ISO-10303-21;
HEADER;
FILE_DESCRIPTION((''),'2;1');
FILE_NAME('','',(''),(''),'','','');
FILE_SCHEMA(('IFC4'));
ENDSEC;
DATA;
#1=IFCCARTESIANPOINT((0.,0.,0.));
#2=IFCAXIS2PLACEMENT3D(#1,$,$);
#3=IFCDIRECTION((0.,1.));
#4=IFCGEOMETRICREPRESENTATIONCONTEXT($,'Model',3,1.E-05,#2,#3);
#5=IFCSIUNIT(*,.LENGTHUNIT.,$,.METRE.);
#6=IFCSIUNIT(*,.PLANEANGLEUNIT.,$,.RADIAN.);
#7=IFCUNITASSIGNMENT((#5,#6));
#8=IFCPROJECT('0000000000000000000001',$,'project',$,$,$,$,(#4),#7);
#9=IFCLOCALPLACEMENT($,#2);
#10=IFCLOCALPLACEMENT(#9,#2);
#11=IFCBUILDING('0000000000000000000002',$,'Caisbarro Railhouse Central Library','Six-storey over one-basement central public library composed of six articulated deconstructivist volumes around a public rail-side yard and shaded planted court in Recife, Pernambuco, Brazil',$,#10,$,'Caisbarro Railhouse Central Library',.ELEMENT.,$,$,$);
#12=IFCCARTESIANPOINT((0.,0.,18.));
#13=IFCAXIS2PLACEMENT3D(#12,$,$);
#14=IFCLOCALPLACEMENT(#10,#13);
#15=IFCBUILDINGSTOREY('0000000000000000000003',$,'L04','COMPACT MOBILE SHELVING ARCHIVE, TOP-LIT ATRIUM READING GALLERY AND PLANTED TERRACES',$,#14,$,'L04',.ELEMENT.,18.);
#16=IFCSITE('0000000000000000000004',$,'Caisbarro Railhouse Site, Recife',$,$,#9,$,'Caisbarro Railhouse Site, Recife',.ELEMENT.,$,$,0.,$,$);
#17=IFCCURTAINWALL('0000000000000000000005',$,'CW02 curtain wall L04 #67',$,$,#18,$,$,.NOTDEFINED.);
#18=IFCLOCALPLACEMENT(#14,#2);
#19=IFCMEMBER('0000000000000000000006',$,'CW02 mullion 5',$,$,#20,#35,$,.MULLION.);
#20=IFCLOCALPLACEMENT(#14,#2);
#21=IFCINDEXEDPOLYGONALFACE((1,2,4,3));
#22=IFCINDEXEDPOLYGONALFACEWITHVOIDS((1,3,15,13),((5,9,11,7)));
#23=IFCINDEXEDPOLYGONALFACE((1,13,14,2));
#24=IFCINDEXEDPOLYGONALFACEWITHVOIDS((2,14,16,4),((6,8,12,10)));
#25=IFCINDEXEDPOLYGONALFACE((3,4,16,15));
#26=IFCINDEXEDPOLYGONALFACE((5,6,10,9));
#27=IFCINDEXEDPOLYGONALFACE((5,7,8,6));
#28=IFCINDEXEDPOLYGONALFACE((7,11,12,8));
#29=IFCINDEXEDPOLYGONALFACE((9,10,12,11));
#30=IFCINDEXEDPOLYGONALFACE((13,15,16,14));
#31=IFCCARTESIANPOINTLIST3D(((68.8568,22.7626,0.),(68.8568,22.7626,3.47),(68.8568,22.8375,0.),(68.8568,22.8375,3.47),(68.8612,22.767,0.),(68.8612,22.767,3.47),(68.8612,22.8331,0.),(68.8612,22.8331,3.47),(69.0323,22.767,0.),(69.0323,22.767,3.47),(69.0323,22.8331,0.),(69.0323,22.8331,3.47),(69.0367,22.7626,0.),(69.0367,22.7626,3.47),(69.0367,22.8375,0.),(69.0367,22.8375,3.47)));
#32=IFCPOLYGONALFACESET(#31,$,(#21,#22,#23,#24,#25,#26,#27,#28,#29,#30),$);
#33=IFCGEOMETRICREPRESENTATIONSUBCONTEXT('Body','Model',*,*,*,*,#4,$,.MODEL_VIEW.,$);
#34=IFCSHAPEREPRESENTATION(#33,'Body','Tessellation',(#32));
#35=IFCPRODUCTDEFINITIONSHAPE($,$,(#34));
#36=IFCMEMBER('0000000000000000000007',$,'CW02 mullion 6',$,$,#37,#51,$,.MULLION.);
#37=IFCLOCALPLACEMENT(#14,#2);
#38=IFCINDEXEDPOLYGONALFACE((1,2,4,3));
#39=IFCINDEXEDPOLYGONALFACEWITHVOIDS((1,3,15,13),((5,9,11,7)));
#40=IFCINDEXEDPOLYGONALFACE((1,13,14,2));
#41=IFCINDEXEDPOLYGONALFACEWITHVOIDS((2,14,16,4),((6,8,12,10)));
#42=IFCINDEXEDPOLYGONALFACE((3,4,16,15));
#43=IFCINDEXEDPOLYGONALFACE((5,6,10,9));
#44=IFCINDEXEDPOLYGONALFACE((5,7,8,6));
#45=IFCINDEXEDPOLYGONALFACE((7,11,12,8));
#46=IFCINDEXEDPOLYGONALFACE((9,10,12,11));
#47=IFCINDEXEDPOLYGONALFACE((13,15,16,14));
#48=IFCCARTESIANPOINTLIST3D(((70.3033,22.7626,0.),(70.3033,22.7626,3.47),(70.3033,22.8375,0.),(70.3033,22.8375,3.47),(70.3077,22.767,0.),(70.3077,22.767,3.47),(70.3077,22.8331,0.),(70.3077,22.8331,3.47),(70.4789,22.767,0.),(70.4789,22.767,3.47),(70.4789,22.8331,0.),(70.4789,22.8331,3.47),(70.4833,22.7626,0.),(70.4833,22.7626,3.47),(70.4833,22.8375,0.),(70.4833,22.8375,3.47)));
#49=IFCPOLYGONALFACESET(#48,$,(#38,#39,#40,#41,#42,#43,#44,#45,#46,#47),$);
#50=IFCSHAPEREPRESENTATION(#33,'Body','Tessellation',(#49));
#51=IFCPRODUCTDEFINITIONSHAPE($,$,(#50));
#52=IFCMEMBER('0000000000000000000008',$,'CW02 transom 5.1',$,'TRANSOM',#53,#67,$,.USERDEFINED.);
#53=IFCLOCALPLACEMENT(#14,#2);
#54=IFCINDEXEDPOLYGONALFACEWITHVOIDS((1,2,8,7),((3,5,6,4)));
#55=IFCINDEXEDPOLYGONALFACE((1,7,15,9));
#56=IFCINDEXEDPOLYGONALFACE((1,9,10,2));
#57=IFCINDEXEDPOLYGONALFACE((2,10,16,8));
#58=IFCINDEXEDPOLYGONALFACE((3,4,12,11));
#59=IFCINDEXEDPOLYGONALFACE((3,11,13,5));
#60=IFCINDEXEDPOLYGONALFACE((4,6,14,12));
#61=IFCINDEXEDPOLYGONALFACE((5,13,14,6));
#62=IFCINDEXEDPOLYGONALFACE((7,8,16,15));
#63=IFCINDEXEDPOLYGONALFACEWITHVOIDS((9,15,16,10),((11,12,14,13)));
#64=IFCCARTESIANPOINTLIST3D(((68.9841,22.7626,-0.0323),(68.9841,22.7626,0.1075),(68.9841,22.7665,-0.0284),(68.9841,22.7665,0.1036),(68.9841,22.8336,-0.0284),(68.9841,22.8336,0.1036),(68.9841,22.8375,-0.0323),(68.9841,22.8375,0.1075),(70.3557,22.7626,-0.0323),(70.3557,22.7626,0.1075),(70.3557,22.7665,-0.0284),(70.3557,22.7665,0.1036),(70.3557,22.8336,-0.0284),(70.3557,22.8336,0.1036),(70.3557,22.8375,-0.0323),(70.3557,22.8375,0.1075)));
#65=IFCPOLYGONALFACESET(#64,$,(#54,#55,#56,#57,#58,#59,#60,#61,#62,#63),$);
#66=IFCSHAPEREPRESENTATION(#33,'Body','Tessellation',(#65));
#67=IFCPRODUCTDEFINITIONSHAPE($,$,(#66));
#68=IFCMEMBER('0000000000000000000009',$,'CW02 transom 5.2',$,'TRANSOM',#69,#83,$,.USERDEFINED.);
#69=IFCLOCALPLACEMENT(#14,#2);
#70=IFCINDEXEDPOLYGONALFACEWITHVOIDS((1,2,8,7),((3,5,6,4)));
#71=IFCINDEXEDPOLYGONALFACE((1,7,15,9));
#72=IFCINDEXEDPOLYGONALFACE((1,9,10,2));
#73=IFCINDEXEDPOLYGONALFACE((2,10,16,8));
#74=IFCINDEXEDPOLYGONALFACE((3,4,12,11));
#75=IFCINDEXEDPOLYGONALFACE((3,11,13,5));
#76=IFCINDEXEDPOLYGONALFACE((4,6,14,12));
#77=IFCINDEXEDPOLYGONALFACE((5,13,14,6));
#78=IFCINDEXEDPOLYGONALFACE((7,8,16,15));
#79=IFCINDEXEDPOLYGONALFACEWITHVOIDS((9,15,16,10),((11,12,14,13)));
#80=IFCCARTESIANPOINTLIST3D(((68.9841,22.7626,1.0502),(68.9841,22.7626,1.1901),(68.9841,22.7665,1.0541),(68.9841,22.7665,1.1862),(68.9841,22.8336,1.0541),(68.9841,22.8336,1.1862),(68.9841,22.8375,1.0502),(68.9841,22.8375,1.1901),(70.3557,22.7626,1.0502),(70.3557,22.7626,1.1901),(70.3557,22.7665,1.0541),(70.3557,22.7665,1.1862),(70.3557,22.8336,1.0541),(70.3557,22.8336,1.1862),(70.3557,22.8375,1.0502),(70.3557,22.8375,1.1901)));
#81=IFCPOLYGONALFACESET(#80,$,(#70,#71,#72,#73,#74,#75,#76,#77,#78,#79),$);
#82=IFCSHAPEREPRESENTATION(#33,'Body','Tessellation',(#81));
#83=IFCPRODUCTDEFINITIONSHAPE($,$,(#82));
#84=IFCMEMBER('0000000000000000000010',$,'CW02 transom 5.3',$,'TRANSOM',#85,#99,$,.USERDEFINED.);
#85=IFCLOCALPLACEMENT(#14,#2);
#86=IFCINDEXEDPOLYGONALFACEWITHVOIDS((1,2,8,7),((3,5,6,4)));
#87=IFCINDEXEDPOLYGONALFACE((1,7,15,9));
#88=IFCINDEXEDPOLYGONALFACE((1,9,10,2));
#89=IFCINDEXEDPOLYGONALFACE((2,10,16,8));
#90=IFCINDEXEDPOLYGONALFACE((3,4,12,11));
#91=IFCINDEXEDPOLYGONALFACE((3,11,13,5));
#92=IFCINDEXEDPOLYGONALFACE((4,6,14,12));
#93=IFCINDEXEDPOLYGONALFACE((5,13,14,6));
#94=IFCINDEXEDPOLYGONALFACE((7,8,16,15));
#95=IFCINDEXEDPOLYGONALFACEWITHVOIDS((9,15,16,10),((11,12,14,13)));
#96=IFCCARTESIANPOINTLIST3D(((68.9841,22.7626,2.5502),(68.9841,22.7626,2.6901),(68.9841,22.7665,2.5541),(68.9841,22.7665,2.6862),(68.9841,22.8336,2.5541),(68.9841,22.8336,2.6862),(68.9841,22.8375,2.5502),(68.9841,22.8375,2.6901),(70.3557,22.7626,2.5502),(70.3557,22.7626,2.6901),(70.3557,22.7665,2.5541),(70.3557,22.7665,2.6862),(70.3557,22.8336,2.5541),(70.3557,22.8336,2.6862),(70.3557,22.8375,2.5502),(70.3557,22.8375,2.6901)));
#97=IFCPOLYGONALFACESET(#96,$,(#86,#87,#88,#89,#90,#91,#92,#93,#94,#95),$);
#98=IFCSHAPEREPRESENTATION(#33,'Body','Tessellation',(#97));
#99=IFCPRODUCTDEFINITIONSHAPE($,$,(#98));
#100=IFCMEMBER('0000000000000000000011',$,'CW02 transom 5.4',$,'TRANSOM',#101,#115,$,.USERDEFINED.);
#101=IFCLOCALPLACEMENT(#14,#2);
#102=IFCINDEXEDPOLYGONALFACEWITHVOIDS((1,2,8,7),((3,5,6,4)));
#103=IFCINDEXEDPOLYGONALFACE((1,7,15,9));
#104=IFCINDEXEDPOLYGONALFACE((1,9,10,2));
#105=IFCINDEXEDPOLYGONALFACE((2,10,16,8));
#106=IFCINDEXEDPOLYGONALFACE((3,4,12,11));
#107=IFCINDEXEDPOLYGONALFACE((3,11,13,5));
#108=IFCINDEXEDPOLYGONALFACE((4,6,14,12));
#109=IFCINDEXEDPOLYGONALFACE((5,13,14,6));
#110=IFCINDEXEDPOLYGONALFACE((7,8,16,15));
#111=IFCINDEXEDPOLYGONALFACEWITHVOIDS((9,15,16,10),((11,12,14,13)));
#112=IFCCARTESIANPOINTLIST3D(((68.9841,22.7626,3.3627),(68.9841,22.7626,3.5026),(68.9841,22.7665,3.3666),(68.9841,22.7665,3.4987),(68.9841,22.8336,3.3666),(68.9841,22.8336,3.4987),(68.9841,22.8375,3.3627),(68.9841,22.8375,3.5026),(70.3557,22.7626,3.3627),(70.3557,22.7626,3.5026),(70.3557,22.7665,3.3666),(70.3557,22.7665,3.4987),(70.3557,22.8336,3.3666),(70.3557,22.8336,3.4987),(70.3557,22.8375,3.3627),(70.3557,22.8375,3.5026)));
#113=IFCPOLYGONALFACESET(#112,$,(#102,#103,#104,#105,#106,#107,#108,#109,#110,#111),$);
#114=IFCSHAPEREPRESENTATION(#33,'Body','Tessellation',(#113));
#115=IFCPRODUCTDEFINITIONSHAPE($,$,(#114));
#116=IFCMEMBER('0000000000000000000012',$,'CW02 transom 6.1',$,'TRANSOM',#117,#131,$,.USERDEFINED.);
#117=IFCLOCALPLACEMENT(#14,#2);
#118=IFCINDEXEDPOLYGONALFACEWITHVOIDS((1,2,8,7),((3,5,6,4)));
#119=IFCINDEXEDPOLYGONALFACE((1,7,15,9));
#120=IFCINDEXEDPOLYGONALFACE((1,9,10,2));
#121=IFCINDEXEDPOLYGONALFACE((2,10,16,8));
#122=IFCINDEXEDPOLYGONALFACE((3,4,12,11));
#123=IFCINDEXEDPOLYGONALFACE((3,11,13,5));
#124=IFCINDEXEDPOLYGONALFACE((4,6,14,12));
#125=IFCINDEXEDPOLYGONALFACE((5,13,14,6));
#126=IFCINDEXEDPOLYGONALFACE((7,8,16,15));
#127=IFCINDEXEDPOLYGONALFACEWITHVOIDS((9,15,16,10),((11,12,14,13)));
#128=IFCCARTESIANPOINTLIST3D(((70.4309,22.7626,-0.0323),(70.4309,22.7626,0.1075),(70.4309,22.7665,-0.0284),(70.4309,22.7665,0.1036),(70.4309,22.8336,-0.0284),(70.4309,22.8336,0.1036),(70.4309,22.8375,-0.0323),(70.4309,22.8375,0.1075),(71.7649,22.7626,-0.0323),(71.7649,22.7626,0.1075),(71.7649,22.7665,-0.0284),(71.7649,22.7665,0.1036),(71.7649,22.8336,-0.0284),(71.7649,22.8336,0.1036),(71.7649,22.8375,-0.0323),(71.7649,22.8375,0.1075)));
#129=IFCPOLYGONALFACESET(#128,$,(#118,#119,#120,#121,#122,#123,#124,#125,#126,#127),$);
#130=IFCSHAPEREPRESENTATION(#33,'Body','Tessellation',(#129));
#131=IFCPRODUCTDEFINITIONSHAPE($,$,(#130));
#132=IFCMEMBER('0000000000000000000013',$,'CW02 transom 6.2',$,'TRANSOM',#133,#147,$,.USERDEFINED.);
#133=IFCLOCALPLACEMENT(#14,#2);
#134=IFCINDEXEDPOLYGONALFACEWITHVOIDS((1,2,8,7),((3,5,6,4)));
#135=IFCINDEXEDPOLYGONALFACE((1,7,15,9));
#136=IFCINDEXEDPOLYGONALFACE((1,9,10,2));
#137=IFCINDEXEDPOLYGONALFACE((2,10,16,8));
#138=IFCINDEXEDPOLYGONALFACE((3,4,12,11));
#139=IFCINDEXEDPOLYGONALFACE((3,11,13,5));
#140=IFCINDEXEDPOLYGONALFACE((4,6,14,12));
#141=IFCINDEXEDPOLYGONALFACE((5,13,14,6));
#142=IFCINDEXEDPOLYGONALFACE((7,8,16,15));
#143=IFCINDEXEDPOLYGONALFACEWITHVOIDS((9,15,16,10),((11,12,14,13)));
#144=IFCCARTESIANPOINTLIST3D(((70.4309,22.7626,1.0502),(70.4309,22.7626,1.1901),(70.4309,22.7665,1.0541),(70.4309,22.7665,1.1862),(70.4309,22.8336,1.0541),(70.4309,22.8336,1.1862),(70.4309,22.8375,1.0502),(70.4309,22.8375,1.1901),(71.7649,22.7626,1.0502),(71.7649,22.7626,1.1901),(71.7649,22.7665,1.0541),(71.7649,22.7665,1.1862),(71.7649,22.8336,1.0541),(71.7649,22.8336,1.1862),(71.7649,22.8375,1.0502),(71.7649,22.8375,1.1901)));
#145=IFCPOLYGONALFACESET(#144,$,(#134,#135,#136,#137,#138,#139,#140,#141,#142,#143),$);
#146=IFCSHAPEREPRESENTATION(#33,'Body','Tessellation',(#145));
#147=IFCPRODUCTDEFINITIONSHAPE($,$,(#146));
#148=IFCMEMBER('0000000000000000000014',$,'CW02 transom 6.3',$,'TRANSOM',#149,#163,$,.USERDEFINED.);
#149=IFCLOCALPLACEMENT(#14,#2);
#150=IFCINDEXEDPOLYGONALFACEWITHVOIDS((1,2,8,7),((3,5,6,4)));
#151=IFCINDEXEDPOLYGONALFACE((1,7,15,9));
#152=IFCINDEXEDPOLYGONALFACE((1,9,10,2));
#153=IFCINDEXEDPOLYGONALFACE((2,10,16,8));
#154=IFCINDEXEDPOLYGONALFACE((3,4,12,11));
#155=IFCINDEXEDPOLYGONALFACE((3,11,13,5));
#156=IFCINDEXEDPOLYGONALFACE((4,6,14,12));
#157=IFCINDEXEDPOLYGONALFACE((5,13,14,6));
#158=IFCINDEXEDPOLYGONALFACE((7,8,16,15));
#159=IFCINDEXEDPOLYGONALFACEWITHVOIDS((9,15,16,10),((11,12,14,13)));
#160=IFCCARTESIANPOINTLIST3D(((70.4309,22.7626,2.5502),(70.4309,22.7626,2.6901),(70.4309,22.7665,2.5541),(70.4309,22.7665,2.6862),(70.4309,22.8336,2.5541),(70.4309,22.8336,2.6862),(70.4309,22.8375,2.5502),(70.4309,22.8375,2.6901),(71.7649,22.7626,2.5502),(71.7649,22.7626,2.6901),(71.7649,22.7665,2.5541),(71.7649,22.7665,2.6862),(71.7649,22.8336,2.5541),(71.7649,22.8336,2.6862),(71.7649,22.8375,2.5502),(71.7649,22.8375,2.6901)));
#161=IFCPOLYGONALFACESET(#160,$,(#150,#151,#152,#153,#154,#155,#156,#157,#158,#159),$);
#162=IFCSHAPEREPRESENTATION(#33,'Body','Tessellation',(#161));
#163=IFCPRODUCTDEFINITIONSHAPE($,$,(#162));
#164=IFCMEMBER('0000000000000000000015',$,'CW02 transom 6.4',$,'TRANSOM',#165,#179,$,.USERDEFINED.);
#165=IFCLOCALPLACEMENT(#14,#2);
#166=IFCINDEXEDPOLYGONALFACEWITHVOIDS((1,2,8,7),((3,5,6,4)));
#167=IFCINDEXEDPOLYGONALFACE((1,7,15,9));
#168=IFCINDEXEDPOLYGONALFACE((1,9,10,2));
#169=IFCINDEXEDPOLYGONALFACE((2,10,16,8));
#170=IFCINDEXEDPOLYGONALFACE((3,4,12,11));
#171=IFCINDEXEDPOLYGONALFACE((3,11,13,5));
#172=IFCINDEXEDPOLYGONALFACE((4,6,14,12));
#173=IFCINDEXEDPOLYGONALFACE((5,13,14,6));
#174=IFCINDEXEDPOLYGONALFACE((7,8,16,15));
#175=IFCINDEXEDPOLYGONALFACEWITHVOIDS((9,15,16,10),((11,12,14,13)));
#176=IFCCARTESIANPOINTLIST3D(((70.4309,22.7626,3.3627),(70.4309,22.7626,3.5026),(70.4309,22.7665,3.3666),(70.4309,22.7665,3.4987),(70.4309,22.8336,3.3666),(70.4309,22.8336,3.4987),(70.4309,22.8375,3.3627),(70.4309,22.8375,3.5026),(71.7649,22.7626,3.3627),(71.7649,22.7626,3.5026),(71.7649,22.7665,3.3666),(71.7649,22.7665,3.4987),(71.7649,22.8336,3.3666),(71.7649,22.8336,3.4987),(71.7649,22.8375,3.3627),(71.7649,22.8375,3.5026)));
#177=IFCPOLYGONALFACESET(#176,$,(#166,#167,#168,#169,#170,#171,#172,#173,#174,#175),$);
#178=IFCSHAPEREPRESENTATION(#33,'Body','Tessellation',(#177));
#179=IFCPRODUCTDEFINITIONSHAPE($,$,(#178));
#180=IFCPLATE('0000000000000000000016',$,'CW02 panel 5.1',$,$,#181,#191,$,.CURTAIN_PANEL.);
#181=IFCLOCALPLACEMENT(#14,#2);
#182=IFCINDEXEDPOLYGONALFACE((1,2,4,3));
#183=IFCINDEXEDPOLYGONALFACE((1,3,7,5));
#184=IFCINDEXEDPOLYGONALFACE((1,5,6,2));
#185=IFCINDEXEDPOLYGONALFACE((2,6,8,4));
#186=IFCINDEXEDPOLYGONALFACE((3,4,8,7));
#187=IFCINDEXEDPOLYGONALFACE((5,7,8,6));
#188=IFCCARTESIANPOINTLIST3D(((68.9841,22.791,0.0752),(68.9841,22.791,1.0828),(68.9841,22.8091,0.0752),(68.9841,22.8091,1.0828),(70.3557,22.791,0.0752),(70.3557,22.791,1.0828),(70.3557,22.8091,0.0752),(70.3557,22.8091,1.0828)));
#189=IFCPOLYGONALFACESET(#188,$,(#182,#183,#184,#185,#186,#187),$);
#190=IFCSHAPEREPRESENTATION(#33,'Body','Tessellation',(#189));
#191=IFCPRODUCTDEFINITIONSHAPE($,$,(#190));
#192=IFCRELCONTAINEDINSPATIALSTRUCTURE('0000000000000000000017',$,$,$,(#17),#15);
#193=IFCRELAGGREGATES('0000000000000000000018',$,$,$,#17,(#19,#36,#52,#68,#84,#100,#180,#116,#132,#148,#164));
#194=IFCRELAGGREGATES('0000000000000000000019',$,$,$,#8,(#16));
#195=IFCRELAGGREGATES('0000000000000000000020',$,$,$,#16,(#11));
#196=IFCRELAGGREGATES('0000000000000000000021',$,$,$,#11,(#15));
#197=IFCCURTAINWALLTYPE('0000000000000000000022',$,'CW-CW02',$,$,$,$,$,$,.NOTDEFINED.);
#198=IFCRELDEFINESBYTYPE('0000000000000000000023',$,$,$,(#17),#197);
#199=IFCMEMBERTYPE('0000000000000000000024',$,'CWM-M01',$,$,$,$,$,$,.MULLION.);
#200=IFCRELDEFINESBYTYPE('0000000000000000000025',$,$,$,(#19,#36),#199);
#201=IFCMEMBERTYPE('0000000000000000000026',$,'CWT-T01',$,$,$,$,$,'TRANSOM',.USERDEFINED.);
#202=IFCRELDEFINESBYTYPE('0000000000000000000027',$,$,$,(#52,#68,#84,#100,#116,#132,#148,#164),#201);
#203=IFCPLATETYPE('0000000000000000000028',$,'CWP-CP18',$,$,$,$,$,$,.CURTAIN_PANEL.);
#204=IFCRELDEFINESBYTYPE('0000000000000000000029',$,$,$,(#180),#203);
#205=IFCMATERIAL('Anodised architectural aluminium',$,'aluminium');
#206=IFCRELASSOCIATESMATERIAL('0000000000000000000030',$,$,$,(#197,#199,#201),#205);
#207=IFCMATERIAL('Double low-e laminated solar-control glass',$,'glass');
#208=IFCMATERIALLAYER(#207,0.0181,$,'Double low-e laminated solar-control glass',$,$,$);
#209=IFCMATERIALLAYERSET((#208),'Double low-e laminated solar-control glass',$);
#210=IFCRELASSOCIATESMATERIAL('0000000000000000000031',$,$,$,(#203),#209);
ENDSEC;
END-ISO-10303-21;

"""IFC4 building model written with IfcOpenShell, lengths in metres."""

from ifc_helpers import new_model, si_unit, direction, frame, origin, origin_2d, place, context, subcontext, project, spatial, rectangle, hollow_rectangle, extrude, material, layer, layer_set, material_profile, profile_set, type_object, element, aggregate, save


model = new_model("IFC4")

# Units and contexts
model_context = context("Model", 3, precision=1e-05, world=origin(), true_north=direction((0.0, 1.0)))
body_context = subcontext(model_context, "Body", "Model", "MODEL_VIEW")
ifc_project = project(units=[si_unit("LENGTHUNIT", "METRE"), si_unit("PLANEANGLEUNIT", "RADIAN")], contexts=[model_context])

# Site, building, storey
site_placement = place(None, origin())
site = spatial("IfcSite", under=ifc_project, at=site_placement, Name="Caisbarro Railhouse Site, Recife", LongName="Caisbarro Railhouse Site, Recife", CompositionType="ELEMENT", RefElevation=0.0)
building_placement = place(site_placement, origin())
building = spatial("IfcBuilding", under=site, at=building_placement, Name="Caisbarro Railhouse Central Library", Description="Six-storey over one-basement central public library composed of six articulated deconstructivist volumes around a public rail-side yard and shaded planted court in Recife, Pernambuco, Brazil", LongName="Caisbarro Railhouse Central Library", CompositionType="ELEMENT")
storey_placement = place(building_placement, frame((0.0, 0.0, 18.0)))
storey = spatial("IfcBuildingStorey", under=building, at=storey_placement, Name="L04", Description="COMPACT MOBILE SHELVING ARCHIVE, TOP-LIT ATRIUM READING GALLERY AND PLANTED TERRACES", LongName="L04", CompositionType="ELEMENT", Elevation=18.0)

# Curtain wall, members, plate
ifc_material_1 = material(Name="Anodised architectural aluminium", Category="aluminium")
curtain_wall_type = type_object("IfcCurtainWallType", Name="CW-CW02", PredefinedType="NOTDEFINED", material=ifc_material_1)
curtain_wall_placement = place(storey_placement, origin())
curtain_wall = element("IfcCurtainWall", 1, at=curtain_wall_placement, inside=storey, type_object=curtain_wall_type, Name="CW02 curtain wall L04 #67", PredefinedType="NOTDEFINED")
ifc_material_profile_1 = material_profile(ifc_material_1, hollow_rectangle(XDim=0.075, YDim=0.1799, WallThickness=0.0044, at=origin_2d()), Name="ALU-MUL-75X180")
ifc_profile_set_1 = profile_set([ifc_material_profile_1], Name="Anodised architectural aluminium")
member_type_1 = type_object("IfcMemberType", Name="CWM-M01", PredefinedType="MULLION", material=ifc_profile_set_1)
member_1_placement = place(storey_placement, frame((68.9468, 22.8, 0.0), z_axis=(0.0, 0.0, 1.0), x_axis=(0.0, 1.0, 0.0)))
member_1 = element("IfcMember", 2, at=member_1_placement, type_object=member_type_1, Name="CW02 mullion 5", PredefinedType="MULLION", context=body_context, shape_type="SweptSolid", body=[
    extrude(hollow_rectangle(XDim=0.075, YDim=0.1799, WallThickness=0.0044, at=origin_2d()), origin(), (0.0, 0.0, 1.0), 3.47),
])
member_2_placement = place(storey_placement, frame((70.3933, 22.8, 0.0), z_axis=(0.0, 0.0, 1.0), x_axis=(0.0, 1.0, 0.0)))
member_2 = element("IfcMember", 3, at=member_2_placement, type_object=member_type_1, Name="CW02 mullion 6", PredefinedType="MULLION", context=body_context, shape_type="SweptSolid", body=[
    extrude(hollow_rectangle(XDim=0.075, YDim=0.1799, WallThickness=0.0044, at=origin_2d()), origin(), (0.0, 0.0, 1.0), 3.47),
])
ifc_material_profile_2 = material_profile(ifc_material_1, hollow_rectangle(XDim=0.075, YDim=0.1399, WallThickness=0.0039, at=origin_2d()), Name="ALU-TRN-75X140")
ifc_profile_set_2 = profile_set([ifc_material_profile_2], Name="Anodised architectural aluminium")
member_type_2 = type_object("IfcMemberType", Name="CWT-T01", ElementType="TRANSOM", PredefinedType="USERDEFINED", material=ifc_profile_set_2)
member_3_placement = place(storey_placement, frame((68.9841, 22.8, 0.0376), z_axis=(1.0, 0.0, 0.0), x_axis=(0.0, 1.0, 0.0)))
member_3 = element("IfcMember", 4, at=member_3_placement, type_object=member_type_2, Name="CW02 transom 5.1", ObjectType="TRANSOM", PredefinedType="USERDEFINED", context=body_context, shape_type="SweptSolid", body=[
    extrude(hollow_rectangle(XDim=0.075, YDim=0.1399, WallThickness=0.0039, at=origin_2d()), origin(), (0.0, 0.0, 1.0), 1.3716),
])
member_4_placement = place(storey_placement, frame((68.9841, 22.8, 1.1201), z_axis=(1.0, 0.0, 0.0), x_axis=(0.0, 1.0, 0.0)))
member_4 = element("IfcMember", 5, at=member_4_placement, type_object=member_type_2, Name="CW02 transom 5.2", ObjectType="TRANSOM", PredefinedType="USERDEFINED", context=body_context, shape_type="SweptSolid", body=[
    extrude(hollow_rectangle(XDim=0.075, YDim=0.1399, WallThickness=0.0039, at=origin_2d()), origin(), (0.0, 0.0, 1.0), 1.3716),
])
member_5_placement = place(storey_placement, frame((68.9841, 22.8, 2.6201), z_axis=(1.0, 0.0, 0.0), x_axis=(0.0, 1.0, 0.0)))
member_5 = element("IfcMember", 6, at=member_5_placement, type_object=member_type_2, Name="CW02 transom 5.3", ObjectType="TRANSOM", PredefinedType="USERDEFINED", context=body_context, shape_type="SweptSolid", body=[
    extrude(hollow_rectangle(XDim=0.075, YDim=0.1399, WallThickness=0.0039, at=origin_2d()), origin(), (0.0, 0.0, 1.0), 1.3716),
])
member_6_placement = place(storey_placement, frame((68.9841, 22.8, 3.4326), z_axis=(1.0, 0.0, 0.0), x_axis=(0.0, 1.0, 0.0)))
member_6 = element("IfcMember", 7, at=member_6_placement, type_object=member_type_2, Name="CW02 transom 5.4", ObjectType="TRANSOM", PredefinedType="USERDEFINED", context=body_context, shape_type="SweptSolid", body=[
    extrude(hollow_rectangle(XDim=0.075, YDim=0.1399, WallThickness=0.0039, at=origin_2d()), origin(), (0.0, 0.0, 1.0), 1.3716),
])
member_7_placement = place(storey_placement, frame((70.4309, 22.8, 0.0376), z_axis=(1.0, 0.0, 0.0), x_axis=(0.0, 1.0, 0.0)))
member_7 = element("IfcMember", 8, at=member_7_placement, type_object=member_type_2, Name="CW02 transom 6.1", ObjectType="TRANSOM", PredefinedType="USERDEFINED", context=body_context, shape_type="SweptSolid", body=[
    extrude(hollow_rectangle(XDim=0.075, YDim=0.1399, WallThickness=0.0039, at=origin_2d()), origin(), (0.0, 0.0, 1.0), 1.334),
])
member_8_placement = place(storey_placement, frame((70.4309, 22.8, 1.1201), z_axis=(1.0, 0.0, 0.0), x_axis=(0.0, 1.0, 0.0)))
member_8 = element("IfcMember", 9, at=member_8_placement, type_object=member_type_2, Name="CW02 transom 6.2", ObjectType="TRANSOM", PredefinedType="USERDEFINED", context=body_context, shape_type="SweptSolid", body=[
    extrude(hollow_rectangle(XDim=0.075, YDim=0.1399, WallThickness=0.0039, at=origin_2d()), origin(), (0.0, 0.0, 1.0), 1.334),
])
member_9_placement = place(storey_placement, frame((70.4309, 22.8, 2.6201), z_axis=(1.0, 0.0, 0.0), x_axis=(0.0, 1.0, 0.0)))
member_9 = element("IfcMember", 10, at=member_9_placement, type_object=member_type_2, Name="CW02 transom 6.3", ObjectType="TRANSOM", PredefinedType="USERDEFINED", context=body_context, shape_type="SweptSolid", body=[
    extrude(hollow_rectangle(XDim=0.075, YDim=0.1399, WallThickness=0.0039, at=origin_2d()), origin(), (0.0, 0.0, 1.0), 1.334),
])
member_10_placement = place(storey_placement, frame((70.4309, 22.8, 3.4326), z_axis=(1.0, 0.0, 0.0), x_axis=(0.0, 1.0, 0.0)))
member_10 = element("IfcMember", 11, at=member_10_placement, type_object=member_type_2, Name="CW02 transom 6.4", ObjectType="TRANSOM", PredefinedType="USERDEFINED", context=body_context, shape_type="SweptSolid", body=[
    extrude(hollow_rectangle(XDim=0.075, YDim=0.1399, WallThickness=0.0039, at=origin_2d()), origin(), (0.0, 0.0, 1.0), 1.334),
])
ifc_material_2 = material(Name="Double low-e laminated solar-control glass", Category="glass")
ifc_layer_1 = layer(ifc_material_2, 0.0181, Name="Double low-e laminated solar-control glass")
ifc_layer_set_1 = layer_set([ifc_layer_1], Name="Double low-e laminated solar-control glass")
plate_type = type_object("IfcPlateType", Name="CWP-CP18", PredefinedType="CURTAIN_PANEL", material=ifc_layer_set_1)
plate_1_placement = place(storey_placement, frame((69.6699, 22.8, 0.0752), z_axis=(0.0, 0.0, 1.0), x_axis=(1.0, 0.0, 0.0)))
plate_1 = element("IfcPlate", 12, at=plate_1_placement, type_object=plate_type, Name="CW02 panel 5.1", PredefinedType="CURTAIN_PANEL", context=body_context, shape_type="SweptSolid", body=[
    extrude(rectangle(XDim=1.3716, YDim=0.0181, at=origin_2d()), origin(), (0.0, 0.0, 1.0), 1.0076),
])
aggregate(curtain_wall, [member_1, member_2, member_3, member_4, member_5, member_6, plate_1, member_7, member_8, member_9, member_10])

save(model, "model.ifc")
